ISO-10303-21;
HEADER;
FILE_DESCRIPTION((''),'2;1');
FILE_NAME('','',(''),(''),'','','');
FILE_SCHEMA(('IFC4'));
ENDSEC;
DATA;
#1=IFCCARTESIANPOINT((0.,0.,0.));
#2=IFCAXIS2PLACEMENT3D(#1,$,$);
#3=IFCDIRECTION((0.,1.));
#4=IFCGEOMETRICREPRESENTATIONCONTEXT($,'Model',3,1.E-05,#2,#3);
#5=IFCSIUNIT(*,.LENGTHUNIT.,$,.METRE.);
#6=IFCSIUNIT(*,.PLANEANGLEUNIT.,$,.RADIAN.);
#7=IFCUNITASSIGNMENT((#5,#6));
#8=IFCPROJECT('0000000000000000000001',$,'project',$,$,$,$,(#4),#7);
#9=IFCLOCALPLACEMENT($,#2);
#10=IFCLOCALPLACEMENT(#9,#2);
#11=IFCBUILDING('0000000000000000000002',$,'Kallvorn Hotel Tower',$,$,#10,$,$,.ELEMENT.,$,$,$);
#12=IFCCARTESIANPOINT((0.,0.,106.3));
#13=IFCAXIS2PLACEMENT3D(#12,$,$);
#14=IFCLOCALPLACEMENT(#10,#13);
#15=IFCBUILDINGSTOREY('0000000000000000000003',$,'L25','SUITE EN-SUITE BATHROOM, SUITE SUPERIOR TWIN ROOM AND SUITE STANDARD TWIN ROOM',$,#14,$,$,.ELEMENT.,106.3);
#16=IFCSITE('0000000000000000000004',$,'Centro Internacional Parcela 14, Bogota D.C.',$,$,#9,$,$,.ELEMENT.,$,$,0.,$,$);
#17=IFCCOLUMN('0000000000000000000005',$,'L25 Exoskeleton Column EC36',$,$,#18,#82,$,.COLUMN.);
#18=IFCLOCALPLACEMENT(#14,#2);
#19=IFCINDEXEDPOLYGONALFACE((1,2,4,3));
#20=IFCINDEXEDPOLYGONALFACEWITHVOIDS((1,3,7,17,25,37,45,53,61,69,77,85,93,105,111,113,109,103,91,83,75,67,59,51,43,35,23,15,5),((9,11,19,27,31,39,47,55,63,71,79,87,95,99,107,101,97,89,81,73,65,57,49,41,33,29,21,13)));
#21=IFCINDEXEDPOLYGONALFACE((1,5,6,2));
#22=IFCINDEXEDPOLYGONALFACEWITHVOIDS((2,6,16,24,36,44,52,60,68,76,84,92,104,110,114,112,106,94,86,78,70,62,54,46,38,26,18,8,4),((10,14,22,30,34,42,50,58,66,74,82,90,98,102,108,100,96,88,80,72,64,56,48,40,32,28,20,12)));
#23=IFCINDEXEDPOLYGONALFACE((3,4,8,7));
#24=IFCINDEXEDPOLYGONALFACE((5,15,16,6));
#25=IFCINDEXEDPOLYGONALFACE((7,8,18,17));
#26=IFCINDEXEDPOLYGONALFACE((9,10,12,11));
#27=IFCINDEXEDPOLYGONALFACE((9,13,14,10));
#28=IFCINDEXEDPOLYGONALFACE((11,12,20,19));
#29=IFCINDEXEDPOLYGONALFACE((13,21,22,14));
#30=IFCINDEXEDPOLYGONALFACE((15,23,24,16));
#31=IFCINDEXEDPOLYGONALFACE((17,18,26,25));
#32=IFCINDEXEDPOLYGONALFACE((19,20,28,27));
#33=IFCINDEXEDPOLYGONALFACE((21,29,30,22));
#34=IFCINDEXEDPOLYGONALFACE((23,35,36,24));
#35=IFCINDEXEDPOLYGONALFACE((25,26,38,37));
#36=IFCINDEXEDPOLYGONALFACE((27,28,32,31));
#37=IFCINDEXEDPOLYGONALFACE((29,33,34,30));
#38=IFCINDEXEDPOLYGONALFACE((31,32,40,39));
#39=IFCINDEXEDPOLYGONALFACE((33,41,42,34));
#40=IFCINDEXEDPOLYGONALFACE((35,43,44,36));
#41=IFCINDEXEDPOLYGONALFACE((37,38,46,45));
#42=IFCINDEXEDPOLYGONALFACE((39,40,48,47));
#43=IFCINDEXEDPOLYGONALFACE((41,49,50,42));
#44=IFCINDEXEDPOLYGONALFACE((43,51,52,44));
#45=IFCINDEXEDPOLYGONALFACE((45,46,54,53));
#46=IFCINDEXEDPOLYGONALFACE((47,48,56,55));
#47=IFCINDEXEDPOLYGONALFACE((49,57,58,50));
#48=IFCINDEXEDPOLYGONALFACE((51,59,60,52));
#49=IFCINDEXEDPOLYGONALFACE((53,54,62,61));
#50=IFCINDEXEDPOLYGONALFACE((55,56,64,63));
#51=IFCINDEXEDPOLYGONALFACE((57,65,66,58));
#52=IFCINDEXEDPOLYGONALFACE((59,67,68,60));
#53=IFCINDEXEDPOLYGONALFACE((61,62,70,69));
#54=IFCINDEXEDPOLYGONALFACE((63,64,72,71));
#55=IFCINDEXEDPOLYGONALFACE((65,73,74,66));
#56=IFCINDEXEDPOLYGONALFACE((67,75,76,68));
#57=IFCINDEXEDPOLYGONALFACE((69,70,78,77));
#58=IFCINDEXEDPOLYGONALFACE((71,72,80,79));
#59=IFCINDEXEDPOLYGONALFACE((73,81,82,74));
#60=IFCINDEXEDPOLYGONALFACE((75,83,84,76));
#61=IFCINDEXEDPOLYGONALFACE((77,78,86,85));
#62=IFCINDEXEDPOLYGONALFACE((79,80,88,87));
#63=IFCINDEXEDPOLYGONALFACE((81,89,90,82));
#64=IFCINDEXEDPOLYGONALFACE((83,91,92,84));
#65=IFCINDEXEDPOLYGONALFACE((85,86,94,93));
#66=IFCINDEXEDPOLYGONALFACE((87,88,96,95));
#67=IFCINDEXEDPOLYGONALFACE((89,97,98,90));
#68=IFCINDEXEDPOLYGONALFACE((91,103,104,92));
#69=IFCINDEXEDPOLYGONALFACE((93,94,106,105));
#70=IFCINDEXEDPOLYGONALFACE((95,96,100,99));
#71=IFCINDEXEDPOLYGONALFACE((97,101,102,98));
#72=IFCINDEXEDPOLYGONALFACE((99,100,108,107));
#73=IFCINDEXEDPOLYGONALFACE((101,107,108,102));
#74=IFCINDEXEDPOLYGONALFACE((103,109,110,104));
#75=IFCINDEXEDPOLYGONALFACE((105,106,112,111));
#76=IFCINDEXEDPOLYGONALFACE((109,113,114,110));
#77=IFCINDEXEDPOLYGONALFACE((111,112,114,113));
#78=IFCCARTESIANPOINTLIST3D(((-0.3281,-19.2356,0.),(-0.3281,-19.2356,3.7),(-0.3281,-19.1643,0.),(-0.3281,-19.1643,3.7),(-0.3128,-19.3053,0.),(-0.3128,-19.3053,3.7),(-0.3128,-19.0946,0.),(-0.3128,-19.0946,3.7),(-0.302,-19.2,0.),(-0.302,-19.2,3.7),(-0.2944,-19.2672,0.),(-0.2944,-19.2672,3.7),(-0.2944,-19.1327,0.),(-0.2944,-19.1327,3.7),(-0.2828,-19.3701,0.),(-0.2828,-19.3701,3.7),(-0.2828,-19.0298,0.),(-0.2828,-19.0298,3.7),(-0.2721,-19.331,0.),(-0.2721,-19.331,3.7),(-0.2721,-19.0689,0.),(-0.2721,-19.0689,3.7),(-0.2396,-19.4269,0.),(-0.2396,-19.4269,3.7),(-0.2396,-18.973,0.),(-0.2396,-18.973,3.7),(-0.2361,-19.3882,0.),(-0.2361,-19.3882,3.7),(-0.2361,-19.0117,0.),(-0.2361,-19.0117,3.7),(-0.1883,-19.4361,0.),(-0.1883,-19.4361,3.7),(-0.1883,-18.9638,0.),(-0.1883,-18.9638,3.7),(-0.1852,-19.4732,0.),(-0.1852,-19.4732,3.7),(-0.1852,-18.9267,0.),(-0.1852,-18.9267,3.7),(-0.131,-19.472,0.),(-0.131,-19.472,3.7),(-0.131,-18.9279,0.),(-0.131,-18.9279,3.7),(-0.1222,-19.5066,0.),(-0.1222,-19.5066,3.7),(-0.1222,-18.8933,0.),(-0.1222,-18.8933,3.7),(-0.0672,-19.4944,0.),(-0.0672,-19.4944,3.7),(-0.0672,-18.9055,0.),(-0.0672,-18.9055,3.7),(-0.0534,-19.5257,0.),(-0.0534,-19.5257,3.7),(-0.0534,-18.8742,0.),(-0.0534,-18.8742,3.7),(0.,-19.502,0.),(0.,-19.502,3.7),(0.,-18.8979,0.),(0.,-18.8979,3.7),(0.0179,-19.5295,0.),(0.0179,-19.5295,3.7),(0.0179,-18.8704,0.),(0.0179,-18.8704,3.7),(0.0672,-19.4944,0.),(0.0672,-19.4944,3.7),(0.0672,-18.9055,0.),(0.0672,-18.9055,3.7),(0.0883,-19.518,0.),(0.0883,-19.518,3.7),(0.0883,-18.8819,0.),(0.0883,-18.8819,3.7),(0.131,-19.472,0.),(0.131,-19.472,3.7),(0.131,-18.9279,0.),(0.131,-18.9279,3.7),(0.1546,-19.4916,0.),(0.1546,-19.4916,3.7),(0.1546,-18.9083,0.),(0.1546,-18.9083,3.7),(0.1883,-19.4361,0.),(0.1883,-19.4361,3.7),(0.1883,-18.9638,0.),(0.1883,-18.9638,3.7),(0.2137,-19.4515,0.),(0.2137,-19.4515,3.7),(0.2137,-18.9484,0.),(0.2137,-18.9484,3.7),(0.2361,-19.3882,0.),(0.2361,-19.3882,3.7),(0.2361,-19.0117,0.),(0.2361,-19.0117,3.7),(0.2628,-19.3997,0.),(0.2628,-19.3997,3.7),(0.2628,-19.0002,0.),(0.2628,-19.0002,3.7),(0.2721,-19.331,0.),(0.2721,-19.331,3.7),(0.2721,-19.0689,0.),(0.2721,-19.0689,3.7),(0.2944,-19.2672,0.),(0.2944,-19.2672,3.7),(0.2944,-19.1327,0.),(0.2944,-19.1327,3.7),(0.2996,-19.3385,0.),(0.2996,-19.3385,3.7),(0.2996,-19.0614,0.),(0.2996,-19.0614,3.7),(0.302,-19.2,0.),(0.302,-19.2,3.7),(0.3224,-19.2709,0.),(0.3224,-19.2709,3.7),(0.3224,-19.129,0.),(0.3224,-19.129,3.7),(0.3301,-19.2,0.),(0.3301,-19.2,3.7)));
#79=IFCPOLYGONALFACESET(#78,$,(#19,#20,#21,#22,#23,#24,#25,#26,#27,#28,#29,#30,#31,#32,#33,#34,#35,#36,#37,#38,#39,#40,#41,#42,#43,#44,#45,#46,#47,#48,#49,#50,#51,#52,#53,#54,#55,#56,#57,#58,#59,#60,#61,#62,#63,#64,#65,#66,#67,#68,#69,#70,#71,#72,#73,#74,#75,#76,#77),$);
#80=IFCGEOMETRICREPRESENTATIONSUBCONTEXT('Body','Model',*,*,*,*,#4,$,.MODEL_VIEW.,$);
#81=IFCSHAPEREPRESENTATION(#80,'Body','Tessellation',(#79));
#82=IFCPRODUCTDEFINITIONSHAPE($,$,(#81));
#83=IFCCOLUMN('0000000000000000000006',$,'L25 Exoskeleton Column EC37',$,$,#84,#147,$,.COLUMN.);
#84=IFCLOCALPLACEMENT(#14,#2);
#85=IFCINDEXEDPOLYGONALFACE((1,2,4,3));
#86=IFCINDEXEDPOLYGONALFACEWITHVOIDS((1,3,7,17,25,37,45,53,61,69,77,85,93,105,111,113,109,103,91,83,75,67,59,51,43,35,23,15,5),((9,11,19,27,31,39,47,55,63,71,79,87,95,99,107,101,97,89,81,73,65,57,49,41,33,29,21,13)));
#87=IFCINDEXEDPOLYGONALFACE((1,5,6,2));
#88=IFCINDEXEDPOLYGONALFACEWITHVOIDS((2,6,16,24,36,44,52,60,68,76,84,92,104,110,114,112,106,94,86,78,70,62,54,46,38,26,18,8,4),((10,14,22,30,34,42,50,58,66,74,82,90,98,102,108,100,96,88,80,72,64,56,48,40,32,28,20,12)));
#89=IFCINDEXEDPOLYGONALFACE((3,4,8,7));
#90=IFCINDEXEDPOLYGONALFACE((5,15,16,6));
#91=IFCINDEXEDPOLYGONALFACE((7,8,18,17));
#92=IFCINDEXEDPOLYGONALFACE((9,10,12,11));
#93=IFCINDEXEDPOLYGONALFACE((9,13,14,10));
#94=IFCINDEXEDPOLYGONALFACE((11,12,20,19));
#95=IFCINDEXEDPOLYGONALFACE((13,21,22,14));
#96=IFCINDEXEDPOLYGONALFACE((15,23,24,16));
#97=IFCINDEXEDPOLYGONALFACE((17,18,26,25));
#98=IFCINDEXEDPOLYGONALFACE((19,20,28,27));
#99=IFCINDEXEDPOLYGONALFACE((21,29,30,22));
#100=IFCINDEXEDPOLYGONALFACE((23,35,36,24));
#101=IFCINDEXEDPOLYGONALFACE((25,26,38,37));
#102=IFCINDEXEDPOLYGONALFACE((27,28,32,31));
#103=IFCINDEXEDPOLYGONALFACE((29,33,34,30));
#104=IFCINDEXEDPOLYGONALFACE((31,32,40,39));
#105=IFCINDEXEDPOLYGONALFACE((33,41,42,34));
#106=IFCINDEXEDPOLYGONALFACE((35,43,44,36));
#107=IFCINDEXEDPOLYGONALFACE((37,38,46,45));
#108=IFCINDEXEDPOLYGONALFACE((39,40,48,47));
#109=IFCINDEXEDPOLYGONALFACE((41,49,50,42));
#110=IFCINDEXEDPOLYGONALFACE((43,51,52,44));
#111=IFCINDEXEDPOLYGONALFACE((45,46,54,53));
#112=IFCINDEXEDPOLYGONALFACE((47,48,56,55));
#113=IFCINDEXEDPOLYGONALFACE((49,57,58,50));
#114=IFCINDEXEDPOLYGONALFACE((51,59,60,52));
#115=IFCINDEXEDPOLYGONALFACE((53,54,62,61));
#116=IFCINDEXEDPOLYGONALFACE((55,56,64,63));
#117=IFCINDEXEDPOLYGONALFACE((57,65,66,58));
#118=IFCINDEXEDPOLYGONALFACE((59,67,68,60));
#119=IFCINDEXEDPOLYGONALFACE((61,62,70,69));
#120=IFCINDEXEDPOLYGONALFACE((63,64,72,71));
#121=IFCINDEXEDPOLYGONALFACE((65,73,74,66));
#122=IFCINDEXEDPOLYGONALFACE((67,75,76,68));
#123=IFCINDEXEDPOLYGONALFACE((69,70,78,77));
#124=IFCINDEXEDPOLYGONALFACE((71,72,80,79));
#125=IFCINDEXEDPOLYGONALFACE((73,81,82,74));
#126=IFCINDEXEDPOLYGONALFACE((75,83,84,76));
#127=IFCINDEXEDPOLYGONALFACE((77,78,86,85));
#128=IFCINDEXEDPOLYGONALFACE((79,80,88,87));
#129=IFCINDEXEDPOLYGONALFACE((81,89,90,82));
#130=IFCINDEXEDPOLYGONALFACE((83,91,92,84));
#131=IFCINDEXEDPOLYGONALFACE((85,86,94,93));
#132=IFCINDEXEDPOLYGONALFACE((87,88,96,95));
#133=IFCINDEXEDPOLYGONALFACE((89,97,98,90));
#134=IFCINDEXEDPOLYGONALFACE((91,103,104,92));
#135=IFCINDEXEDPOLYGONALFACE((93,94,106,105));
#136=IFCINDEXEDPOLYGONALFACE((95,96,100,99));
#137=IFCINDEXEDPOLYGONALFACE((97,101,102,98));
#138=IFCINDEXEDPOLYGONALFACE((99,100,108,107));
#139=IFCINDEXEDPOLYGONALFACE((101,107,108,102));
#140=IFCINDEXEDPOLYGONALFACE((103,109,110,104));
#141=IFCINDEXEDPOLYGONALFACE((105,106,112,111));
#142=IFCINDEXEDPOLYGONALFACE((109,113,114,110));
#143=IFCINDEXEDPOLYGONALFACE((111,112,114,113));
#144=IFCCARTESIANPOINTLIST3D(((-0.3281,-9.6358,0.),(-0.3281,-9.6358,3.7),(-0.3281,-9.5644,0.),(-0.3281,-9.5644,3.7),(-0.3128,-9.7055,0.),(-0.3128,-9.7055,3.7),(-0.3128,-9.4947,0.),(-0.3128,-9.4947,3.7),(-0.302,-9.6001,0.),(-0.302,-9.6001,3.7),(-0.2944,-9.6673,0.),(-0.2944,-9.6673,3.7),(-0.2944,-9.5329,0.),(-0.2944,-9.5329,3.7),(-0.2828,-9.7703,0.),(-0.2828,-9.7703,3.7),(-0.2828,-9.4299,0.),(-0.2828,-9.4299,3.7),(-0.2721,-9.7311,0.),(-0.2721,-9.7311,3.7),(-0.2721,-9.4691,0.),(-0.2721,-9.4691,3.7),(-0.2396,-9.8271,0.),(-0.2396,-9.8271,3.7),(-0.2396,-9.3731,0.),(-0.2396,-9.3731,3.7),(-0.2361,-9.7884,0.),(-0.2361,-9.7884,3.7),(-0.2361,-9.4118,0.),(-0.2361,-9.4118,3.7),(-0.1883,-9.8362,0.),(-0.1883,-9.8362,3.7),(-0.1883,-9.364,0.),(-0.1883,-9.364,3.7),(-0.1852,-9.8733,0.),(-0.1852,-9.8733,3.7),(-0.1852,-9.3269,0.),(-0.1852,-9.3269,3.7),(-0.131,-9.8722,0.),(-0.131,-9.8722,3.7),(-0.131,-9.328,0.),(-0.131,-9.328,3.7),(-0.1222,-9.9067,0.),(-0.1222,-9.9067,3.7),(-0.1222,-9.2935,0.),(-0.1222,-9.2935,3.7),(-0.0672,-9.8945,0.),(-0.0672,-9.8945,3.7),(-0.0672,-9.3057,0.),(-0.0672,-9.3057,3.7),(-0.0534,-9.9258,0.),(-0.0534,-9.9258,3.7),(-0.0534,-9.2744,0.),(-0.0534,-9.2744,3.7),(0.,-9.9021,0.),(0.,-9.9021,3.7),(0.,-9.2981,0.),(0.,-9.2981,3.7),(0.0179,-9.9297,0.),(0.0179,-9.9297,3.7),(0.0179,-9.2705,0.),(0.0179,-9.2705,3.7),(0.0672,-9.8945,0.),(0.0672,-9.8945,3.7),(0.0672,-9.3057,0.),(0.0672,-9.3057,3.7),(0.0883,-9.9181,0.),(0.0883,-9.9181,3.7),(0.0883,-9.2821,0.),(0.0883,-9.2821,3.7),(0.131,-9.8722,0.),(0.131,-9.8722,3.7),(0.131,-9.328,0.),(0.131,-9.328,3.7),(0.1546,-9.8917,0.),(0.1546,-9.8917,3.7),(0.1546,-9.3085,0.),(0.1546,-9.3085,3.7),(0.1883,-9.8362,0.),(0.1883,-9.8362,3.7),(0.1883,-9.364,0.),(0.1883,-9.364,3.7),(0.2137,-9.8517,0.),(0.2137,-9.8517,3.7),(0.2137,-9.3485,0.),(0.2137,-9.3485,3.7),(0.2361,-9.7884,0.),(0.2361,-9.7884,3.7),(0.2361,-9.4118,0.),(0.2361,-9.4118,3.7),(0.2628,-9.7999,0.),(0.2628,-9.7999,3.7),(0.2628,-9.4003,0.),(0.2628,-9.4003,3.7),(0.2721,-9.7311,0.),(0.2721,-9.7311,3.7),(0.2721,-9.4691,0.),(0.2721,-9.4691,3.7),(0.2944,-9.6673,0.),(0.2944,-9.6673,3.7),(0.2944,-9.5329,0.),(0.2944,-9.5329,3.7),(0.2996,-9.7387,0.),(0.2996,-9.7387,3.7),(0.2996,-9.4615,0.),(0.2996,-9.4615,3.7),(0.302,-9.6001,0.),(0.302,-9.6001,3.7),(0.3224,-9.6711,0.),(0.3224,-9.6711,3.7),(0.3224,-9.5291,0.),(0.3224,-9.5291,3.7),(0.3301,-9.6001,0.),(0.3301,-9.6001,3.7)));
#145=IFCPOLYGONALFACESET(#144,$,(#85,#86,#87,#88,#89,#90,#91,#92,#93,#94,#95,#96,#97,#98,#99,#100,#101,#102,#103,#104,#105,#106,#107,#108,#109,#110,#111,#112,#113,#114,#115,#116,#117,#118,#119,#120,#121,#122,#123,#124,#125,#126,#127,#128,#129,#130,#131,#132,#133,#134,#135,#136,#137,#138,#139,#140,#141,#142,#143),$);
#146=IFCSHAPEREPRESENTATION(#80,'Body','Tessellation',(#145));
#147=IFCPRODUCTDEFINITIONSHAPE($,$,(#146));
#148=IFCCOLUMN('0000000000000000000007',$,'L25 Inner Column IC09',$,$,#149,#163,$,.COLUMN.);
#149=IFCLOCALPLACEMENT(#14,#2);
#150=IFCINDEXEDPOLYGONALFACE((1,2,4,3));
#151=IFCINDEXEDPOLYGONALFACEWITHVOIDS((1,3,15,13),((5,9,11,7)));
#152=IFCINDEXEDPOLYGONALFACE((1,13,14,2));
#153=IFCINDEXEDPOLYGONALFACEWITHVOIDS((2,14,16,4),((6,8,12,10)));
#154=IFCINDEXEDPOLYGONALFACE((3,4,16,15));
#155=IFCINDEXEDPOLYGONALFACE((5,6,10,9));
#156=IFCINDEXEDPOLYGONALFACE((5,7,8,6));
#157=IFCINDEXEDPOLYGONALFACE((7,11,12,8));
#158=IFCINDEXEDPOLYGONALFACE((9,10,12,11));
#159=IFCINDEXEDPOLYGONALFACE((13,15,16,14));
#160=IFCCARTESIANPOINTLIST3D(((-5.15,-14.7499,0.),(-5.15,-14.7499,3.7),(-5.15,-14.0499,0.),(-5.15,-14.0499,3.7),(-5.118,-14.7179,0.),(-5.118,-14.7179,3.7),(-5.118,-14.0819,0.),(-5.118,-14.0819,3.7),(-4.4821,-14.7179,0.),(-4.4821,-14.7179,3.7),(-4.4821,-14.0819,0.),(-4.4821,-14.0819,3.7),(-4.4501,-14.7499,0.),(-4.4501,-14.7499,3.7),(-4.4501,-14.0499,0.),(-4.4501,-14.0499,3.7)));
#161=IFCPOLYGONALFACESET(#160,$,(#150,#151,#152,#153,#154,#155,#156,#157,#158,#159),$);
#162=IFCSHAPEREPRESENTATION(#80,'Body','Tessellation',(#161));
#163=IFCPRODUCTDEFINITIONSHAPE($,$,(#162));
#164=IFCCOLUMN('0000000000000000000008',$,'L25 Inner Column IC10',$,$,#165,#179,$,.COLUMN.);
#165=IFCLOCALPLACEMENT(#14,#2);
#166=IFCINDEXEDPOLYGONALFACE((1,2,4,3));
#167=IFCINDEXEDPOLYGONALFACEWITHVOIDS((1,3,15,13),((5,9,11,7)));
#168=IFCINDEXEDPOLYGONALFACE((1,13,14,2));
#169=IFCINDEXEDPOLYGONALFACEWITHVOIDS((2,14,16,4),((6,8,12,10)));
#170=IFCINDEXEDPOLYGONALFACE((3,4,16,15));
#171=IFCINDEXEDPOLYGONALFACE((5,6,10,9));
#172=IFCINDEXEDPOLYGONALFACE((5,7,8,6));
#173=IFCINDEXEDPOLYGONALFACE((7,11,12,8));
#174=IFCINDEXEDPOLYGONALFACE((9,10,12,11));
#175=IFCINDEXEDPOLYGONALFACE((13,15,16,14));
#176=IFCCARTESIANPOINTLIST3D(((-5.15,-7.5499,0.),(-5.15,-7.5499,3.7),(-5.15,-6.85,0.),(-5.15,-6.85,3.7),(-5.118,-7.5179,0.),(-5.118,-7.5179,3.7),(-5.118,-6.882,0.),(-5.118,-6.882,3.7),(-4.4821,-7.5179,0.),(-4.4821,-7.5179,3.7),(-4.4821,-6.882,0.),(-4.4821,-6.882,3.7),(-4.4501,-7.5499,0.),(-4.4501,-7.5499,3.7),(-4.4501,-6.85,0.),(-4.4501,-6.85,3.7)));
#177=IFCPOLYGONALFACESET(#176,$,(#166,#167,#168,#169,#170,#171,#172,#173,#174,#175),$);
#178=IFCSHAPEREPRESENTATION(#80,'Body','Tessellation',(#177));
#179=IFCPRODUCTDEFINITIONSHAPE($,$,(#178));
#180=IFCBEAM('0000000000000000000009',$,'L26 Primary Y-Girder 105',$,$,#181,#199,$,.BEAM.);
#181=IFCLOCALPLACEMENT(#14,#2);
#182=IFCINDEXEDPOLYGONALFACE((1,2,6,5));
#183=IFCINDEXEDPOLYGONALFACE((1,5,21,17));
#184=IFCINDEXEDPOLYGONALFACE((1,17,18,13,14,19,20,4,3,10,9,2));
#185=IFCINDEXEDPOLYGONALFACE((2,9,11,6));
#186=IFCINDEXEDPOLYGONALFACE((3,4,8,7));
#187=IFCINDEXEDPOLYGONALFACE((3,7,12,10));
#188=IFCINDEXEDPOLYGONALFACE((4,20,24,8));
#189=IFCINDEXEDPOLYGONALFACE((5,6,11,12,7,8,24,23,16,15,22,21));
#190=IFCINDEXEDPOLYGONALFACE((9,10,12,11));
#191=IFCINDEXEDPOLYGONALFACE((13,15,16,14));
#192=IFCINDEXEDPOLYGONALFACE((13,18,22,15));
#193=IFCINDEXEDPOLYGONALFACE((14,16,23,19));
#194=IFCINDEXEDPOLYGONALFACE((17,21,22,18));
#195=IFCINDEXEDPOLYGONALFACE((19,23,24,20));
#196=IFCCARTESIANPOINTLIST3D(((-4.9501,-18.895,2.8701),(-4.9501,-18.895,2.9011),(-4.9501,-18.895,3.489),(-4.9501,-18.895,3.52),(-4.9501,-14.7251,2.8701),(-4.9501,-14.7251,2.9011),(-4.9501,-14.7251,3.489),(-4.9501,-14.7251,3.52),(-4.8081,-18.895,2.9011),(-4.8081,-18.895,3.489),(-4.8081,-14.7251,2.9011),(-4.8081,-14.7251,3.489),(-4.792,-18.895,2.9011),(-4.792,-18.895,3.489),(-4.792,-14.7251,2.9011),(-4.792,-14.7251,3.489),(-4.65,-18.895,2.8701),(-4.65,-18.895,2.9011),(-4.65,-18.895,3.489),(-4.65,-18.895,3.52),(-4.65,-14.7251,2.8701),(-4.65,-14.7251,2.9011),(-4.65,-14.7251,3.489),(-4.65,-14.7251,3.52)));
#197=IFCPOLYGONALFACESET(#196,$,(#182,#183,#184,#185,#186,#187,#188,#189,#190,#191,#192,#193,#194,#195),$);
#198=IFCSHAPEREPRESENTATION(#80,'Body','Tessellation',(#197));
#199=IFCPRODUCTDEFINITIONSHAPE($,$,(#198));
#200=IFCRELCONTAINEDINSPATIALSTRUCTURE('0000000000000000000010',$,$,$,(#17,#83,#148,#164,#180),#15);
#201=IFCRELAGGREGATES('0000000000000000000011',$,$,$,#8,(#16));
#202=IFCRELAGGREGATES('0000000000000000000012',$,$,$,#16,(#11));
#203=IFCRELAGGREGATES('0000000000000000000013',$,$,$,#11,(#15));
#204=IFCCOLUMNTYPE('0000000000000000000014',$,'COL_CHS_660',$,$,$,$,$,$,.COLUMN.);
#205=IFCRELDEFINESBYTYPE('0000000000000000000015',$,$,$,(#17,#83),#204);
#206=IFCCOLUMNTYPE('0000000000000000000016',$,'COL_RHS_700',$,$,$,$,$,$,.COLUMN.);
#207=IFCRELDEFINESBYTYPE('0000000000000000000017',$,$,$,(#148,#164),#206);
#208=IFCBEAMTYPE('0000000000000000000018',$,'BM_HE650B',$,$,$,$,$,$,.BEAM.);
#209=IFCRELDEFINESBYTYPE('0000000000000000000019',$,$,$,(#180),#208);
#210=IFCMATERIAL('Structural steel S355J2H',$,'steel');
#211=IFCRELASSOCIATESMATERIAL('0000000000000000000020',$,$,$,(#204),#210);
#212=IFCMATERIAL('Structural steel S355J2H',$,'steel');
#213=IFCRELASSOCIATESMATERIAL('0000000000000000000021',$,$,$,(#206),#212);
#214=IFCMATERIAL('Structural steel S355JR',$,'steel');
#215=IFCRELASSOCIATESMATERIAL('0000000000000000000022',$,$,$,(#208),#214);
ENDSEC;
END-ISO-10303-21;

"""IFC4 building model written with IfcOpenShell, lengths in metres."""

from ifc_helpers import new_model, si_unit, direction, frame, origin, origin_2d, place, context, subcontext, project, spatial, hollow_rectangle, hollow_circle, i_section, extrude, material, material_profile, profile_set, type_object, element, save


model = new_model("IFC4")

# Units and contexts
model_context = context("Model", 3, precision=1e-05, world=origin(), true_north=direction((0.0, 1.0)))
body_context = subcontext(model_context, "Body", "Model", "MODEL_VIEW")
ifc_project = project(units=[si_unit("LENGTHUNIT", "METRE"), si_unit("PLANEANGLEUNIT", "RADIAN")], contexts=[model_context])

# Site, building, storey
site_placement = place(None, origin())
site = spatial("IfcSite", under=ifc_project, at=site_placement, Name="Centro Internacional Parcela 14, Bogota D.C.", CompositionType="ELEMENT", RefElevation=0.0)
building_placement = place(site_placement, origin())
building = spatial("IfcBuilding", under=site, at=building_placement, Name="Kallvorn Hotel Tower", CompositionType="ELEMENT")
storey_placement = place(building_placement, frame((0.0, 0.0, 106.3)))
storey = spatial("IfcBuildingStorey", under=building, at=storey_placement, Name="L25", Description="SUITE EN-SUITE BATHROOM, SUITE SUPERIOR TWIN ROOM AND SUITE STANDARD TWIN ROOM", CompositionType="ELEMENT", Elevation=106.3)

# Columns
ifc_material_1 = material(Name="Structural steel S355J2H", Category="steel")
ifc_material_profile_1 = material_profile(ifc_material_1, hollow_circle(Radius=0.3301, WallThickness=0.0281, at=origin_2d()), Name="CHS 660x28")
ifc_profile_set_1 = profile_set([ifc_material_profile_1], Name="Structural steel S355J2H")
column_type_1 = type_object("IfcColumnType", Name="COL_CHS_660", PredefinedType="COLUMN", material=ifc_profile_set_1)
for number, where, z_axis, x_axis, name in (
    (1, (0.0, -19.2, 0.0), (0.0, 0.0, 1.0), (1.0, 0.0, 0.0), "L25 Exoskeleton Column EC36"),
    (2, (0.0, -9.6001, 0.0), (0.0, 0.0, 1.0), (1.0, 0.0, 0.0), "L25 Exoskeleton Column EC37"),
):
    element("IfcColumn", number, at=place(storey_placement, frame(where, z_axis=z_axis, x_axis=x_axis)), inside=storey, type_object=column_type_1, Name=name, PredefinedType="COLUMN", context=body_context, shape_type="SweptSolid", body=[
        extrude(hollow_circle(Radius=0.3301, WallThickness=0.0281, at=origin_2d()), origin(), (0.0, 0.0, 1.0), 3.7),
    ])
ifc_material_2 = material(Name="Structural steel S355J2H", Category="steel")
ifc_material_profile_2 = material_profile(ifc_material_2, hollow_rectangle(XDim=0.7, YDim=0.7, WallThickness=0.032, at=origin_2d()), Name="RHS 700x700x32")
ifc_profile_set_2 = profile_set([ifc_material_profile_2], Name="Structural steel S355J2H")
column_type_2 = type_object("IfcColumnType", Name="COL_RHS_700", PredefinedType="COLUMN", material=ifc_profile_set_2)
for number, where, z_axis, x_axis, name in (
    (3, (-4.8, -14.3999, 0.0), (0.0, 0.0, 1.0), (1.0, 0.0, 0.0), "L25 Inner Column IC09"),
    (4, (-4.8, -7.2, 0.0), (0.0, 0.0, 1.0), (1.0, 0.0, 0.0), "L25 Inner Column IC10"),
):
    element("IfcColumn", number, at=place(storey_placement, frame(where, z_axis=z_axis, x_axis=x_axis)), inside=storey, type_object=column_type_2, Name=name, PredefinedType="COLUMN", context=body_context, shape_type="SweptSolid", body=[
        extrude(hollow_rectangle(XDim=0.7, YDim=0.7, WallThickness=0.032, at=origin_2d()), origin(), (0.0, 0.0, 1.0), 3.7),
    ])

# Beam
ifc_material_3 = material(Name="Structural steel S355JR", Category="steel")
ifc_material_profile_3 = material_profile(ifc_material_3, i_section(OverallWidth=0.3, OverallDepth=0.6499, WebThickness=0.0161, FlangeThickness=0.031, at=origin_2d()), Name="HE 650 B")
ifc_profile_set_3 = profile_set([ifc_material_profile_3], Name="Structural steel S355JR")
beam_type_1 = type_object("IfcBeamType", Name="BM_HE650B", PredefinedType="BEAM", material=ifc_profile_set_3)
beam_1_placement = place(storey_placement, frame((-4.8, -18.895, 3.1951), z_axis=(0.0, 1.0, 0.0), x_axis=(-1.0, 0.0, 0.0)))
element("IfcBeam", 5, at=beam_1_placement, inside=storey, type_object=beam_type_1, Name="L26 Primary Y-Girder 105", PredefinedType="BEAM", context=body_context, shape_type="SweptSolid", body=[
    extrude(i_section(OverallWidth=0.3, OverallDepth=0.6499, WebThickness=0.0161, FlangeThickness=0.031, at=origin_2d()), origin(), (0.0, 0.0, 1.0), 4.1699),
])

save(model, "model.ifc")
